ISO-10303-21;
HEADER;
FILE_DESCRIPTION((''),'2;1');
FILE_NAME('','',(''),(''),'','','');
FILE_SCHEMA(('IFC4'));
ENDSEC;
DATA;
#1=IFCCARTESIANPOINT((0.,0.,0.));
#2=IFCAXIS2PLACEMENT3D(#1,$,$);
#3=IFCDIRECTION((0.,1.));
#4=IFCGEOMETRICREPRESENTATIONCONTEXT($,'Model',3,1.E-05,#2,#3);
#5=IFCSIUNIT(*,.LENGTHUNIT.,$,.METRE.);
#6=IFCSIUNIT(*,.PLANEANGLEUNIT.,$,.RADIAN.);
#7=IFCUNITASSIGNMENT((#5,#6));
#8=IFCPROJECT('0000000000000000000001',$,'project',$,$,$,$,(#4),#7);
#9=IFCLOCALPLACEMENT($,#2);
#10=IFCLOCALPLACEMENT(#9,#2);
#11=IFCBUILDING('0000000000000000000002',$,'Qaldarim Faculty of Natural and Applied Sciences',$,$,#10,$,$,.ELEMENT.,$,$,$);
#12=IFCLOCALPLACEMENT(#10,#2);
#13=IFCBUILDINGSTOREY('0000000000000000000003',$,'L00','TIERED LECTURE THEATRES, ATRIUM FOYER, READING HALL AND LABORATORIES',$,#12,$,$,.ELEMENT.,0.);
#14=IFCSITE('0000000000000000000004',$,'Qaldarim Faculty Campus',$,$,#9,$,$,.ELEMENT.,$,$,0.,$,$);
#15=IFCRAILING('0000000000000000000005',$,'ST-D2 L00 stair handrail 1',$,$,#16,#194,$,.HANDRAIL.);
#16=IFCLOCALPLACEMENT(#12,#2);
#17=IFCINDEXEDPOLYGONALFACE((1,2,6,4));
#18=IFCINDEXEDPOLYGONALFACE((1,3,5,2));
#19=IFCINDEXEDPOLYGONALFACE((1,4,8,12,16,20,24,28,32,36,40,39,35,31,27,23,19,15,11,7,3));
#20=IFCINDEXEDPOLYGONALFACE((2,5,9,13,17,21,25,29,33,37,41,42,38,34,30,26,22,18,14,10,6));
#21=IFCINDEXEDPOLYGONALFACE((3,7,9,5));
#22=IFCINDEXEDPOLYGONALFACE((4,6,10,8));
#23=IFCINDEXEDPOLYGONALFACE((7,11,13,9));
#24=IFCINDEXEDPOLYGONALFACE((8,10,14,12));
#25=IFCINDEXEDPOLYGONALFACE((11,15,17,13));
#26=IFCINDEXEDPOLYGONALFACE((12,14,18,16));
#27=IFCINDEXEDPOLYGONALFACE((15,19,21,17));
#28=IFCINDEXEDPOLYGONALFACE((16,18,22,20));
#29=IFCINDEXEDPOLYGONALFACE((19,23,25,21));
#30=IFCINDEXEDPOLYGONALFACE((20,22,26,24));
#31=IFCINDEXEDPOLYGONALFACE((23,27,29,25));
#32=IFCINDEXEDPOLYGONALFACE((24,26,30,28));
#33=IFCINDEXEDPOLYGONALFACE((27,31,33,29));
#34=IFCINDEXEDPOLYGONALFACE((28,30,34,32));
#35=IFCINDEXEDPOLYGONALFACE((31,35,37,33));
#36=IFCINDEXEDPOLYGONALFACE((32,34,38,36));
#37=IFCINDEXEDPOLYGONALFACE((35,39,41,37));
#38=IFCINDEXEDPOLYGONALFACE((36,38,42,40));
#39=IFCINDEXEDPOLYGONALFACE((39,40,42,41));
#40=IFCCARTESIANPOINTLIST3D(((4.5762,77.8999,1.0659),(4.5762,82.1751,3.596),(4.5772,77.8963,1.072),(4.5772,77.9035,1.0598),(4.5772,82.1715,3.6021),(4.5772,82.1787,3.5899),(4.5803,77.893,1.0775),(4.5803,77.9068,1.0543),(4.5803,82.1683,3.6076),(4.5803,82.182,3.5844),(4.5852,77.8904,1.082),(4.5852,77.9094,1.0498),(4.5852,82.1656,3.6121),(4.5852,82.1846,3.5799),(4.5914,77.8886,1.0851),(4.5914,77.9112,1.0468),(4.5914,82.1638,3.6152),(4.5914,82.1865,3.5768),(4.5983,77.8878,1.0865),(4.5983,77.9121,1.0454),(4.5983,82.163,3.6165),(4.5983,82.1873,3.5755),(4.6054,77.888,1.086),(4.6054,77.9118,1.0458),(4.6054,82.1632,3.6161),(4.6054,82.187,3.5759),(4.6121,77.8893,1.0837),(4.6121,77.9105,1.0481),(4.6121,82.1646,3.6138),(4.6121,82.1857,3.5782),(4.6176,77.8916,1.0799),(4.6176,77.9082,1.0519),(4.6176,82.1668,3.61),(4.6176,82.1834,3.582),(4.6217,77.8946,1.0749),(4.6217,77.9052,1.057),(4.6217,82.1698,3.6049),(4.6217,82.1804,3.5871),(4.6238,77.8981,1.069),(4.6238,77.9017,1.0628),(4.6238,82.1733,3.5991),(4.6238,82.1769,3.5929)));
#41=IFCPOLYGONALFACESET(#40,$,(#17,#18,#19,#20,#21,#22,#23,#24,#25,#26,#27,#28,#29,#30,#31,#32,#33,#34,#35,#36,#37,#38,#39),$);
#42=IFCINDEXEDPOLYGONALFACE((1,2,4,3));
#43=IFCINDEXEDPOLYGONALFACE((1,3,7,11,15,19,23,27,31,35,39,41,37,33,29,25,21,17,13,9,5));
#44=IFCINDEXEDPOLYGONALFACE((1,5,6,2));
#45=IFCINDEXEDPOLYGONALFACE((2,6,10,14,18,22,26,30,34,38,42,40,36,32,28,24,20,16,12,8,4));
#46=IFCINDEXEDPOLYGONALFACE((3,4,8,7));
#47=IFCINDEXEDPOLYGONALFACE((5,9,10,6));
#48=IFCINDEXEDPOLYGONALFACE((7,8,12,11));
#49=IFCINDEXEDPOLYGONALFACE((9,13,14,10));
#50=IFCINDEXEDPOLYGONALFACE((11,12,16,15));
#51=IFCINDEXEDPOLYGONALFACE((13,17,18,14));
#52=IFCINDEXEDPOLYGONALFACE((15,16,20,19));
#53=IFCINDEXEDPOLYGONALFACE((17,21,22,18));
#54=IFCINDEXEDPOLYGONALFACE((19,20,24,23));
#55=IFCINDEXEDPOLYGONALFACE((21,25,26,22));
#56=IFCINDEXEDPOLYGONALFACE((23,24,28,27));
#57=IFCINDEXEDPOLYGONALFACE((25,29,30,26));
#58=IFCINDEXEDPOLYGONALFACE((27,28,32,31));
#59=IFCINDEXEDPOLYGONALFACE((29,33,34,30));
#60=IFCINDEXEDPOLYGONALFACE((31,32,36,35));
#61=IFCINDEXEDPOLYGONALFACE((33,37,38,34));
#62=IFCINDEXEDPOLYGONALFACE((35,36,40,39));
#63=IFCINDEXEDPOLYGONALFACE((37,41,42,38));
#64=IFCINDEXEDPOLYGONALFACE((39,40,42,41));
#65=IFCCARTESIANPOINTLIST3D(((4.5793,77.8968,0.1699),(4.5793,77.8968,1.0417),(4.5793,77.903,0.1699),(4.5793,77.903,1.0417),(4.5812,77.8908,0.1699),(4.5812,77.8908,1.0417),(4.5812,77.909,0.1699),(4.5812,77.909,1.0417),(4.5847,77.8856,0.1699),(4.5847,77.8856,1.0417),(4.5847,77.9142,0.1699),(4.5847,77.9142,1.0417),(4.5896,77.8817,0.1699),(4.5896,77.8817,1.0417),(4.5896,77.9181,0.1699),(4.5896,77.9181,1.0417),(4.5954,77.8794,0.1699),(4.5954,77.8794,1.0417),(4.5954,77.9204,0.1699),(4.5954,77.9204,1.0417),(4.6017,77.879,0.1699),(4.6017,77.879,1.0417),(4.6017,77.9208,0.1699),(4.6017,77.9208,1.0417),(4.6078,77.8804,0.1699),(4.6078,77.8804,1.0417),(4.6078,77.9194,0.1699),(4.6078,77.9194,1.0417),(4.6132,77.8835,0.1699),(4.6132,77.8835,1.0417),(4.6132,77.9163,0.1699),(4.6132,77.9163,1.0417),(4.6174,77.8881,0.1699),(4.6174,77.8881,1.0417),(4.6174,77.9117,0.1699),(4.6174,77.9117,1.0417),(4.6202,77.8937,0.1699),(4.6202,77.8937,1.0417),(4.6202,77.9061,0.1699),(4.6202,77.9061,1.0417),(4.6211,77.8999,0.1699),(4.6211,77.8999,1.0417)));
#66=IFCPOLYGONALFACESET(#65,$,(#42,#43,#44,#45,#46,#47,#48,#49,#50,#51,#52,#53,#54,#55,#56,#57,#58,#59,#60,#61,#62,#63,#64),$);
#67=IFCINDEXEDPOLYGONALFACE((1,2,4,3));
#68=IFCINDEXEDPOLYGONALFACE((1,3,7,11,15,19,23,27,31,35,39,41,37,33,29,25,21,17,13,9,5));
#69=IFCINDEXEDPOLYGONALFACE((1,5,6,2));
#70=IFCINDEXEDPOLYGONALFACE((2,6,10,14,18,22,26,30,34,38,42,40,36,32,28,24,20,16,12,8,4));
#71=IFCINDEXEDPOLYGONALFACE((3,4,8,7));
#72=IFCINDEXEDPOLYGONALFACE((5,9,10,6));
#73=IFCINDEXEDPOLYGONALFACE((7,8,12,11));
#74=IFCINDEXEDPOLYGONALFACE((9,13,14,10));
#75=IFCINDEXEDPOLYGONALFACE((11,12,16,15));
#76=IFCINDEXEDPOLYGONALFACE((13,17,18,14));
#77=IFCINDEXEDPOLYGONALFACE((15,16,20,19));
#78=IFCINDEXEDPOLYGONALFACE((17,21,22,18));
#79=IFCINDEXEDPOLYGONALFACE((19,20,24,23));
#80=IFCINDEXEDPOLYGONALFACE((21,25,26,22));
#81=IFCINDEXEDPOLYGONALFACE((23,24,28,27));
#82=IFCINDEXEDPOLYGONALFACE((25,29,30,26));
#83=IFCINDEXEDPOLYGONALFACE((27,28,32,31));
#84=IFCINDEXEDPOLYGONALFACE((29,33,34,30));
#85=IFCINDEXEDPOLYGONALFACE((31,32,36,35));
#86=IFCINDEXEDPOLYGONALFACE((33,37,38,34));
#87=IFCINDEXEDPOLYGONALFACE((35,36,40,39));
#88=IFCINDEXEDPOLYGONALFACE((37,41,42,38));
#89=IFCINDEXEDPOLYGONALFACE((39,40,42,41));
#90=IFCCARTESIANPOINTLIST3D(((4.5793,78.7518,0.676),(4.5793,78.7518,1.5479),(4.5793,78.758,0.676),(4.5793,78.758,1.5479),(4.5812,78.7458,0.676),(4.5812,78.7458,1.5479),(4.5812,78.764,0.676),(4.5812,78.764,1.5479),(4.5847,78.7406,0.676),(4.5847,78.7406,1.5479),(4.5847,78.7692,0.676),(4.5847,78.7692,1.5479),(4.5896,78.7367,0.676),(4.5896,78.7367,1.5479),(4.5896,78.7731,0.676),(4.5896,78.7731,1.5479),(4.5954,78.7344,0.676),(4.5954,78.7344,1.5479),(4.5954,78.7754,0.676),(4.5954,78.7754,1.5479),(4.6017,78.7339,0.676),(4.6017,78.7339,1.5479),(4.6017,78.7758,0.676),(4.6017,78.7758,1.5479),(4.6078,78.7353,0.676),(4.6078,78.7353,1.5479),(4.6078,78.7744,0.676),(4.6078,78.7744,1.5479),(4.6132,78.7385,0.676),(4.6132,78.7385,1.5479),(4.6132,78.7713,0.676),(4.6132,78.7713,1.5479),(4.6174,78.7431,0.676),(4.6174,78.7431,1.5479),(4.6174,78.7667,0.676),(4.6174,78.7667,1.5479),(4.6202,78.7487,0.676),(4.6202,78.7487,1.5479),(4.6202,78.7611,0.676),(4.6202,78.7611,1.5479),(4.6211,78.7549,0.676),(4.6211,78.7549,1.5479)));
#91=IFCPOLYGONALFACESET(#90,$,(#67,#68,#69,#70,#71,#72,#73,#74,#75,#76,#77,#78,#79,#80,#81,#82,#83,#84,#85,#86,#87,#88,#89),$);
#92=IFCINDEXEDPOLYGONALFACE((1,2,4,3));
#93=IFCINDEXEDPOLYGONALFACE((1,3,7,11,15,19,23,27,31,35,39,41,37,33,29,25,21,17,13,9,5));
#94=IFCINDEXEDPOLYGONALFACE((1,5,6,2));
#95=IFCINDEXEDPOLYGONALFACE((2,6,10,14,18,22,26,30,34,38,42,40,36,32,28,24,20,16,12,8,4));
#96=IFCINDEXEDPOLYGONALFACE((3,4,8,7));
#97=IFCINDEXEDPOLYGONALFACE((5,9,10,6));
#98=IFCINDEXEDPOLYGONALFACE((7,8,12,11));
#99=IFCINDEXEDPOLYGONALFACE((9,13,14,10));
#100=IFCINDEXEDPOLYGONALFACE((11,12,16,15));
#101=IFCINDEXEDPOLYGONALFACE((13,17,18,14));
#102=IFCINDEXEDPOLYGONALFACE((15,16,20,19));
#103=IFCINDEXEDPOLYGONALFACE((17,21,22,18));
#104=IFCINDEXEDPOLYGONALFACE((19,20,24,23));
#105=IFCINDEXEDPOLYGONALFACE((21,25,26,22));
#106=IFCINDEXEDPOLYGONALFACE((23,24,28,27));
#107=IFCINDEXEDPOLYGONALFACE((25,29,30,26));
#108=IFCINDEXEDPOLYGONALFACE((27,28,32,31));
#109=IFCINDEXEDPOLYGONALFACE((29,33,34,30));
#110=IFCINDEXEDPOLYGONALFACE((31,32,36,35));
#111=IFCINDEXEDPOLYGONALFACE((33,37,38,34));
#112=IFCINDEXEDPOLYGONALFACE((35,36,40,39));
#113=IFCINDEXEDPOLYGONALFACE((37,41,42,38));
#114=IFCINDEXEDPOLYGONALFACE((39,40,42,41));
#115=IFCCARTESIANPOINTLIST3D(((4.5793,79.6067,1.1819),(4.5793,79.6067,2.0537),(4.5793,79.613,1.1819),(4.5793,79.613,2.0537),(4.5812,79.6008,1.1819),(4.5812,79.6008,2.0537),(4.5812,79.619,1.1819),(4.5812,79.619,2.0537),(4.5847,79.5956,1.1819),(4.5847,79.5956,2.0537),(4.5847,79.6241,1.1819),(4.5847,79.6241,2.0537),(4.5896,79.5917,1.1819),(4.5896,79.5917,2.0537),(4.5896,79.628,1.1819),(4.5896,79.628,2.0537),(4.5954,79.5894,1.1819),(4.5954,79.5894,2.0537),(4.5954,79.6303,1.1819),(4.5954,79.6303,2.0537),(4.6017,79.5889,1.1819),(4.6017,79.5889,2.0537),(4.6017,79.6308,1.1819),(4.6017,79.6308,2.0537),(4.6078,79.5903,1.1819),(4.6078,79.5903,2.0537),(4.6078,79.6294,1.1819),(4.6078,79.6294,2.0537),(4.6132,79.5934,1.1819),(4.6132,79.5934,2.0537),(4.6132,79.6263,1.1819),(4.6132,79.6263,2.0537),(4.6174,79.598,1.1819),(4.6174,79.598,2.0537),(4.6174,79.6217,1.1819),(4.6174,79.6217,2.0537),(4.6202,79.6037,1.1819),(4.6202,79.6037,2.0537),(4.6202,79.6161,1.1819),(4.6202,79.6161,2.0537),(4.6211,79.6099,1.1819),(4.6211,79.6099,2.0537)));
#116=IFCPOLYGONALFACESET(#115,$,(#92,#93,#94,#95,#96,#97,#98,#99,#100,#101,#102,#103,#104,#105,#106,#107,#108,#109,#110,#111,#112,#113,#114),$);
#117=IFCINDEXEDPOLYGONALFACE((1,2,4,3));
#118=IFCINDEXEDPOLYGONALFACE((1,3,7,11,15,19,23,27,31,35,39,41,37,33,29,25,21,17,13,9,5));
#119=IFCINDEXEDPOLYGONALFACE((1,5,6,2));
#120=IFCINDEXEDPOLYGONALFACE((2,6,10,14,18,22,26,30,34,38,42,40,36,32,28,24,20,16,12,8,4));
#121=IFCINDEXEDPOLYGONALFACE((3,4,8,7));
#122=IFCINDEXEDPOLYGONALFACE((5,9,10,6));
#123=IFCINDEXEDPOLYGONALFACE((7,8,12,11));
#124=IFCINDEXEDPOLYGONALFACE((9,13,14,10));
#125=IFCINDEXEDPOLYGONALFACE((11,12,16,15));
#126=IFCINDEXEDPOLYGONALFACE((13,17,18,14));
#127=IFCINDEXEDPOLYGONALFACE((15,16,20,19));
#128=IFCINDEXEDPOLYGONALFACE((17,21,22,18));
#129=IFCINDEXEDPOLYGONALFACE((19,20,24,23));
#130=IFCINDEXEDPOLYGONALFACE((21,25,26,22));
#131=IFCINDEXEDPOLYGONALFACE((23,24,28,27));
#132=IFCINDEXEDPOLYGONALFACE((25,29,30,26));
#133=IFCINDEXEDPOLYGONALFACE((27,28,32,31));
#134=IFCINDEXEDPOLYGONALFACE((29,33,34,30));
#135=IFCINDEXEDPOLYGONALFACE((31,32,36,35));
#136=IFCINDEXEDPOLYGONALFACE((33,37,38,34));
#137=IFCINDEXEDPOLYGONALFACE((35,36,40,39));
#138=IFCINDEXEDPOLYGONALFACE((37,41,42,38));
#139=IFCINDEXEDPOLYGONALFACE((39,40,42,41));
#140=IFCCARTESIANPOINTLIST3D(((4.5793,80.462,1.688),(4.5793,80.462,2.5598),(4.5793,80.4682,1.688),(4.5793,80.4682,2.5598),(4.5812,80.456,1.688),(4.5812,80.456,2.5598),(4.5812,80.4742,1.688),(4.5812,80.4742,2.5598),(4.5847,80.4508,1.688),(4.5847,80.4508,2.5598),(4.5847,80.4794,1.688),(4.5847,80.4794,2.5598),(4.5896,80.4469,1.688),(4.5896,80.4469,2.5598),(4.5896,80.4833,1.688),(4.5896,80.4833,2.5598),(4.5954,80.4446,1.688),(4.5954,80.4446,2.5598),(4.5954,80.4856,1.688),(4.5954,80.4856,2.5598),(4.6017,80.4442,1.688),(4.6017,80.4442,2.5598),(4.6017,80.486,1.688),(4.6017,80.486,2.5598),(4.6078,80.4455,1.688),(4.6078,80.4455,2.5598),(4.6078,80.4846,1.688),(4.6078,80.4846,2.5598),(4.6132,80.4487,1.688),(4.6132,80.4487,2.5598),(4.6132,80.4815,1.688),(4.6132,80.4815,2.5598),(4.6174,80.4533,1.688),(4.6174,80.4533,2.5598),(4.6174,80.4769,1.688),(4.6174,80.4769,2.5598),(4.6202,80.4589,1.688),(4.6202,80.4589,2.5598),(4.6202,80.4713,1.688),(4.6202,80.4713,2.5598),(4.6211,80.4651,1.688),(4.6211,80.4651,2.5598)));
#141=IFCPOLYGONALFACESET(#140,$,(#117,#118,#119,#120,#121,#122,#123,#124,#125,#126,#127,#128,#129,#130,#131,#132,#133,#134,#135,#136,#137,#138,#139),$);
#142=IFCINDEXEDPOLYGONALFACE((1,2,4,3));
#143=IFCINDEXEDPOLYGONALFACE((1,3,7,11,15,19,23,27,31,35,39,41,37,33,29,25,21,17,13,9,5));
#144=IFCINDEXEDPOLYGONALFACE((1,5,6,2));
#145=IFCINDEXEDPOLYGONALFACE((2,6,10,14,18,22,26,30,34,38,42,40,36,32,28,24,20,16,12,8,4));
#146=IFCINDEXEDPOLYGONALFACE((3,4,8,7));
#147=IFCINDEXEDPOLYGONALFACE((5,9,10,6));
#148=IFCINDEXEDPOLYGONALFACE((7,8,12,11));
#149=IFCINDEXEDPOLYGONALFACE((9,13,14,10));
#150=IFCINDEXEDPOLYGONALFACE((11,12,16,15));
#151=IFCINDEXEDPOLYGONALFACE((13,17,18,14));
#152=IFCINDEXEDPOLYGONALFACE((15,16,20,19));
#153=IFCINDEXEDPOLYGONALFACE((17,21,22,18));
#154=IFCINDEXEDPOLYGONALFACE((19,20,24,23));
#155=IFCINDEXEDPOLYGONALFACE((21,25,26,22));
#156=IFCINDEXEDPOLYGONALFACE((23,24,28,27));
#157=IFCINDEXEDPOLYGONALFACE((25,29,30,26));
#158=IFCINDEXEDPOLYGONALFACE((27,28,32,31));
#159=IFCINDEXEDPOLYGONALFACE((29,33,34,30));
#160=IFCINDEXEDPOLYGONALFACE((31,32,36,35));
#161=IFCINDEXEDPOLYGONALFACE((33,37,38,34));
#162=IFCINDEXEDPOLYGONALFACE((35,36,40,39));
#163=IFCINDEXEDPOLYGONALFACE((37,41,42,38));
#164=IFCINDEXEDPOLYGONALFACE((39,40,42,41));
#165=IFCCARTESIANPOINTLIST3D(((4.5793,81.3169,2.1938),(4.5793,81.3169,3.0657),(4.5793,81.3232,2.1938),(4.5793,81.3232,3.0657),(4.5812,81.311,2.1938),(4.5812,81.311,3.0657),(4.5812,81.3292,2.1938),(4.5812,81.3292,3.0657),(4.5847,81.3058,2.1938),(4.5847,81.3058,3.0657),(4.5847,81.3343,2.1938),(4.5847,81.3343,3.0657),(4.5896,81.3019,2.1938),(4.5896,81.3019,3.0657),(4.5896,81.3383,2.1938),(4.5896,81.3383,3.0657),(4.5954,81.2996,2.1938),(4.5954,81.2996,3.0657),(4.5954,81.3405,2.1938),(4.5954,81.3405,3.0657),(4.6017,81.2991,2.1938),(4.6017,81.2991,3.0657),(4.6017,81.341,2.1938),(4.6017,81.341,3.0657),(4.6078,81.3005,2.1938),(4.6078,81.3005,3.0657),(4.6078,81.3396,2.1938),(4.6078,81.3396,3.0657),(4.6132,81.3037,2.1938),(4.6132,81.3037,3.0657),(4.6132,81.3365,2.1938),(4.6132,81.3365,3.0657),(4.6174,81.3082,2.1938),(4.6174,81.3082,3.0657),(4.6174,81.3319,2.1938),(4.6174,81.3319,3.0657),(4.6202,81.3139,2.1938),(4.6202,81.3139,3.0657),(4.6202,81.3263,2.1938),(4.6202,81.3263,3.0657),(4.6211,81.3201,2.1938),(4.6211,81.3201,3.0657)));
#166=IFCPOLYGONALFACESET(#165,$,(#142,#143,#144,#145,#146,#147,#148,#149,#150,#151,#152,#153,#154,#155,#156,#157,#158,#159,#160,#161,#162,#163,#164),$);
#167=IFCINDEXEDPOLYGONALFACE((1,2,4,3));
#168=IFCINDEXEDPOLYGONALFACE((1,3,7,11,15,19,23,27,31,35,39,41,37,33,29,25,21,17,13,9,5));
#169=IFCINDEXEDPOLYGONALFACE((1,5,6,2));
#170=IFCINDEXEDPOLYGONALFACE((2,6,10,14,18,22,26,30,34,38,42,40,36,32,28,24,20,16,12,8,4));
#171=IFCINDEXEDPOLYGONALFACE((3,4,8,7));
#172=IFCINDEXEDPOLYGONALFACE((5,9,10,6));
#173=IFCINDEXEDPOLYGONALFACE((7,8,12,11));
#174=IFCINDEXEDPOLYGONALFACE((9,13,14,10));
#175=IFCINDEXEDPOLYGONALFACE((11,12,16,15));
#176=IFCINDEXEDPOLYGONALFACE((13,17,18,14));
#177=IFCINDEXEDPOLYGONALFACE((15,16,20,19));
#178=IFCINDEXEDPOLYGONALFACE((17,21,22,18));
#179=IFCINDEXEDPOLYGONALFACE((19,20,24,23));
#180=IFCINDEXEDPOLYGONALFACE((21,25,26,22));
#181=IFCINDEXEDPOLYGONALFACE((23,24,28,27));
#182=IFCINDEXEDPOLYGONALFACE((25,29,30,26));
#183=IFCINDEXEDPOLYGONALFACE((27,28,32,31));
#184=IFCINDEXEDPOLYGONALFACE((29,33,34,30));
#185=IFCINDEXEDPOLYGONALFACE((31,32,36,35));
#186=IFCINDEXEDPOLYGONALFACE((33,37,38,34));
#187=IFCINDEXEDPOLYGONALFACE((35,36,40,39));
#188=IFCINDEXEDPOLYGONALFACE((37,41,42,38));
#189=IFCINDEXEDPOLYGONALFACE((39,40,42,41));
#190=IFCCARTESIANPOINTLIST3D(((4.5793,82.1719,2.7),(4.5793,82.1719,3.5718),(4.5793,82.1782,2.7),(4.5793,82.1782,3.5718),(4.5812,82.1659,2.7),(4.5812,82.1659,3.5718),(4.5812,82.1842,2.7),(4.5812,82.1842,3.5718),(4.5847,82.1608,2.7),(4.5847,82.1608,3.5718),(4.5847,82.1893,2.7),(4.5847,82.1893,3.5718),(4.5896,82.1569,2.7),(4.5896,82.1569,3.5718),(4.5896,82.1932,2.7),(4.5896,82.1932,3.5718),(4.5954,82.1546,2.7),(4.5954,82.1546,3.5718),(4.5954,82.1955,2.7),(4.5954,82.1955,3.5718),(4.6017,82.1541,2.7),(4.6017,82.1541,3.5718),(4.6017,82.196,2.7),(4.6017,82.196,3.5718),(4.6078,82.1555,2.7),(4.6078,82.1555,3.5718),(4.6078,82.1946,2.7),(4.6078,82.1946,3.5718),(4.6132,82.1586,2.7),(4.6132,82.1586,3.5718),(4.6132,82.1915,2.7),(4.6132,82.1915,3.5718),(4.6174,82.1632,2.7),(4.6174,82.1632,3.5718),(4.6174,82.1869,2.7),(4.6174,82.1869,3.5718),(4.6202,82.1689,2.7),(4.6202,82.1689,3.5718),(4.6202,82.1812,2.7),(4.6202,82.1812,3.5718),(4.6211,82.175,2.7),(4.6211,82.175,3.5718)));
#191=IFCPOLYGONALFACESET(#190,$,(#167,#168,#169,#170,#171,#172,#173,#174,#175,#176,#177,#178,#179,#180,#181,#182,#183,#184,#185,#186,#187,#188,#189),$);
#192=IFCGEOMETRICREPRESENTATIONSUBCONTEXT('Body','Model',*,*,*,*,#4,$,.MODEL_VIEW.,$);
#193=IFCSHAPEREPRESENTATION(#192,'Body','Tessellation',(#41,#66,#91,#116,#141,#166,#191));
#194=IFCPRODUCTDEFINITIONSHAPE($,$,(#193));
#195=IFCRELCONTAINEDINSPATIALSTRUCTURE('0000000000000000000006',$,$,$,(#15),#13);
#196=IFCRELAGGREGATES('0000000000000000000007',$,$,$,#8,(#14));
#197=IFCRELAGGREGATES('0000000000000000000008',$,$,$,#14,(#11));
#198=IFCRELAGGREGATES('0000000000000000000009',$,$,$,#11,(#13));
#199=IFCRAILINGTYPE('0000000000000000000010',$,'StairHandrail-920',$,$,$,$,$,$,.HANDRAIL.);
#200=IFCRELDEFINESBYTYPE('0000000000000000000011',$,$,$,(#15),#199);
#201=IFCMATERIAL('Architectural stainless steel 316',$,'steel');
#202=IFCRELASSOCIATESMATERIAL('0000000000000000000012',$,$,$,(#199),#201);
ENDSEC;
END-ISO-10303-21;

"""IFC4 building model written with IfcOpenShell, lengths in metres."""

from ifc_helpers import new_model, si_unit, direction, frame, origin, origin_2d, place, context, subcontext, project, spatial, circle, extrude, material, type_object, element, save


model = new_model("IFC4")

# Units and contexts
model_context = context("Model", 3, precision=1e-05, world=origin(), true_north=direction((0.0, 1.0)))
body_context = subcontext(model_context, "Body", "Model", "MODEL_VIEW")
ifc_project = project(units=[si_unit("LENGTHUNIT", "METRE"), si_unit("PLANEANGLEUNIT", "RADIAN")], contexts=[model_context])

# Site, building, storey
site_placement = place(None, origin())
site = spatial("IfcSite", under=ifc_project, at=site_placement, Name="Qaldarim Faculty Campus", CompositionType="ELEMENT", RefElevation=0.0)
building_placement = place(site_placement, origin())
building = spatial("IfcBuilding", under=site, at=building_placement, Name="Qaldarim Faculty of Natural and Applied Sciences", CompositionType="ELEMENT")
storey_placement = place(building_placement, origin())
storey = spatial("IfcBuildingStorey", under=building, at=storey_placement, Name="L00", Description="TIERED LECTURE THEATRES, ATRIUM FOYER, READING HALL AND LABORATORIES", CompositionType="ELEMENT", Elevation=0.0)

# Railing
ifc_material_1 = material(Name="Architectural stainless steel 316", Category="steel")
railing_type_1 = type_object("IfcRailingType", Name="StairHandrail-920", PredefinedType="HANDRAIL", material=ifc_material_1)
railing_1_placement = place(storey_placement, frame((4.6001, 77.8999, 0.1699)))
element("IfcRailing", 1, at=railing_1_placement, inside=storey, type_object=railing_type_1, Name="ST-D2 L00 stair handrail 1", PredefinedType="HANDRAIL", context=body_context, shape_type="SweptSolid", body=[
    extrude(circle(Radius=0.0239, at=origin_2d()), frame((0.0, 0.0, 0.896), z_axis=(0.0, 0.860591, 0.509297), x_axis=(-1.0, 0.0, 0.0)), (0.0, 0.0, 1.0), 4.9678),
    extrude(circle(Radius=0.021, at=origin_2d()), origin(), (0.0, 0.0, 1.0), 0.8718),
    extrude(circle(Radius=0.021, at=origin_2d()), frame((0.0, 0.855, 0.5061)), (0.0, 0.0, 1.0), 0.8718),
    extrude(circle(Radius=0.021, at=origin_2d()), frame((0.0, 1.71, 1.012)), (0.0, 0.0, 1.0), 0.8718),
    extrude(circle(Radius=0.021, at=origin_2d()), frame((0.0, 2.5652, 1.5181)), (0.0, 0.0, 1.0), 0.8718),
    extrude(circle(Radius=0.021, at=origin_2d()), frame((0.0, 3.4202, 2.0239)), (0.0, 0.0, 1.0), 0.8718),
    extrude(circle(Radius=0.021, at=origin_2d()), frame((0.0, 4.2751, 2.53)), (0.0, 0.0, 1.0), 0.8718),
])

save(model, "model.ifc")
